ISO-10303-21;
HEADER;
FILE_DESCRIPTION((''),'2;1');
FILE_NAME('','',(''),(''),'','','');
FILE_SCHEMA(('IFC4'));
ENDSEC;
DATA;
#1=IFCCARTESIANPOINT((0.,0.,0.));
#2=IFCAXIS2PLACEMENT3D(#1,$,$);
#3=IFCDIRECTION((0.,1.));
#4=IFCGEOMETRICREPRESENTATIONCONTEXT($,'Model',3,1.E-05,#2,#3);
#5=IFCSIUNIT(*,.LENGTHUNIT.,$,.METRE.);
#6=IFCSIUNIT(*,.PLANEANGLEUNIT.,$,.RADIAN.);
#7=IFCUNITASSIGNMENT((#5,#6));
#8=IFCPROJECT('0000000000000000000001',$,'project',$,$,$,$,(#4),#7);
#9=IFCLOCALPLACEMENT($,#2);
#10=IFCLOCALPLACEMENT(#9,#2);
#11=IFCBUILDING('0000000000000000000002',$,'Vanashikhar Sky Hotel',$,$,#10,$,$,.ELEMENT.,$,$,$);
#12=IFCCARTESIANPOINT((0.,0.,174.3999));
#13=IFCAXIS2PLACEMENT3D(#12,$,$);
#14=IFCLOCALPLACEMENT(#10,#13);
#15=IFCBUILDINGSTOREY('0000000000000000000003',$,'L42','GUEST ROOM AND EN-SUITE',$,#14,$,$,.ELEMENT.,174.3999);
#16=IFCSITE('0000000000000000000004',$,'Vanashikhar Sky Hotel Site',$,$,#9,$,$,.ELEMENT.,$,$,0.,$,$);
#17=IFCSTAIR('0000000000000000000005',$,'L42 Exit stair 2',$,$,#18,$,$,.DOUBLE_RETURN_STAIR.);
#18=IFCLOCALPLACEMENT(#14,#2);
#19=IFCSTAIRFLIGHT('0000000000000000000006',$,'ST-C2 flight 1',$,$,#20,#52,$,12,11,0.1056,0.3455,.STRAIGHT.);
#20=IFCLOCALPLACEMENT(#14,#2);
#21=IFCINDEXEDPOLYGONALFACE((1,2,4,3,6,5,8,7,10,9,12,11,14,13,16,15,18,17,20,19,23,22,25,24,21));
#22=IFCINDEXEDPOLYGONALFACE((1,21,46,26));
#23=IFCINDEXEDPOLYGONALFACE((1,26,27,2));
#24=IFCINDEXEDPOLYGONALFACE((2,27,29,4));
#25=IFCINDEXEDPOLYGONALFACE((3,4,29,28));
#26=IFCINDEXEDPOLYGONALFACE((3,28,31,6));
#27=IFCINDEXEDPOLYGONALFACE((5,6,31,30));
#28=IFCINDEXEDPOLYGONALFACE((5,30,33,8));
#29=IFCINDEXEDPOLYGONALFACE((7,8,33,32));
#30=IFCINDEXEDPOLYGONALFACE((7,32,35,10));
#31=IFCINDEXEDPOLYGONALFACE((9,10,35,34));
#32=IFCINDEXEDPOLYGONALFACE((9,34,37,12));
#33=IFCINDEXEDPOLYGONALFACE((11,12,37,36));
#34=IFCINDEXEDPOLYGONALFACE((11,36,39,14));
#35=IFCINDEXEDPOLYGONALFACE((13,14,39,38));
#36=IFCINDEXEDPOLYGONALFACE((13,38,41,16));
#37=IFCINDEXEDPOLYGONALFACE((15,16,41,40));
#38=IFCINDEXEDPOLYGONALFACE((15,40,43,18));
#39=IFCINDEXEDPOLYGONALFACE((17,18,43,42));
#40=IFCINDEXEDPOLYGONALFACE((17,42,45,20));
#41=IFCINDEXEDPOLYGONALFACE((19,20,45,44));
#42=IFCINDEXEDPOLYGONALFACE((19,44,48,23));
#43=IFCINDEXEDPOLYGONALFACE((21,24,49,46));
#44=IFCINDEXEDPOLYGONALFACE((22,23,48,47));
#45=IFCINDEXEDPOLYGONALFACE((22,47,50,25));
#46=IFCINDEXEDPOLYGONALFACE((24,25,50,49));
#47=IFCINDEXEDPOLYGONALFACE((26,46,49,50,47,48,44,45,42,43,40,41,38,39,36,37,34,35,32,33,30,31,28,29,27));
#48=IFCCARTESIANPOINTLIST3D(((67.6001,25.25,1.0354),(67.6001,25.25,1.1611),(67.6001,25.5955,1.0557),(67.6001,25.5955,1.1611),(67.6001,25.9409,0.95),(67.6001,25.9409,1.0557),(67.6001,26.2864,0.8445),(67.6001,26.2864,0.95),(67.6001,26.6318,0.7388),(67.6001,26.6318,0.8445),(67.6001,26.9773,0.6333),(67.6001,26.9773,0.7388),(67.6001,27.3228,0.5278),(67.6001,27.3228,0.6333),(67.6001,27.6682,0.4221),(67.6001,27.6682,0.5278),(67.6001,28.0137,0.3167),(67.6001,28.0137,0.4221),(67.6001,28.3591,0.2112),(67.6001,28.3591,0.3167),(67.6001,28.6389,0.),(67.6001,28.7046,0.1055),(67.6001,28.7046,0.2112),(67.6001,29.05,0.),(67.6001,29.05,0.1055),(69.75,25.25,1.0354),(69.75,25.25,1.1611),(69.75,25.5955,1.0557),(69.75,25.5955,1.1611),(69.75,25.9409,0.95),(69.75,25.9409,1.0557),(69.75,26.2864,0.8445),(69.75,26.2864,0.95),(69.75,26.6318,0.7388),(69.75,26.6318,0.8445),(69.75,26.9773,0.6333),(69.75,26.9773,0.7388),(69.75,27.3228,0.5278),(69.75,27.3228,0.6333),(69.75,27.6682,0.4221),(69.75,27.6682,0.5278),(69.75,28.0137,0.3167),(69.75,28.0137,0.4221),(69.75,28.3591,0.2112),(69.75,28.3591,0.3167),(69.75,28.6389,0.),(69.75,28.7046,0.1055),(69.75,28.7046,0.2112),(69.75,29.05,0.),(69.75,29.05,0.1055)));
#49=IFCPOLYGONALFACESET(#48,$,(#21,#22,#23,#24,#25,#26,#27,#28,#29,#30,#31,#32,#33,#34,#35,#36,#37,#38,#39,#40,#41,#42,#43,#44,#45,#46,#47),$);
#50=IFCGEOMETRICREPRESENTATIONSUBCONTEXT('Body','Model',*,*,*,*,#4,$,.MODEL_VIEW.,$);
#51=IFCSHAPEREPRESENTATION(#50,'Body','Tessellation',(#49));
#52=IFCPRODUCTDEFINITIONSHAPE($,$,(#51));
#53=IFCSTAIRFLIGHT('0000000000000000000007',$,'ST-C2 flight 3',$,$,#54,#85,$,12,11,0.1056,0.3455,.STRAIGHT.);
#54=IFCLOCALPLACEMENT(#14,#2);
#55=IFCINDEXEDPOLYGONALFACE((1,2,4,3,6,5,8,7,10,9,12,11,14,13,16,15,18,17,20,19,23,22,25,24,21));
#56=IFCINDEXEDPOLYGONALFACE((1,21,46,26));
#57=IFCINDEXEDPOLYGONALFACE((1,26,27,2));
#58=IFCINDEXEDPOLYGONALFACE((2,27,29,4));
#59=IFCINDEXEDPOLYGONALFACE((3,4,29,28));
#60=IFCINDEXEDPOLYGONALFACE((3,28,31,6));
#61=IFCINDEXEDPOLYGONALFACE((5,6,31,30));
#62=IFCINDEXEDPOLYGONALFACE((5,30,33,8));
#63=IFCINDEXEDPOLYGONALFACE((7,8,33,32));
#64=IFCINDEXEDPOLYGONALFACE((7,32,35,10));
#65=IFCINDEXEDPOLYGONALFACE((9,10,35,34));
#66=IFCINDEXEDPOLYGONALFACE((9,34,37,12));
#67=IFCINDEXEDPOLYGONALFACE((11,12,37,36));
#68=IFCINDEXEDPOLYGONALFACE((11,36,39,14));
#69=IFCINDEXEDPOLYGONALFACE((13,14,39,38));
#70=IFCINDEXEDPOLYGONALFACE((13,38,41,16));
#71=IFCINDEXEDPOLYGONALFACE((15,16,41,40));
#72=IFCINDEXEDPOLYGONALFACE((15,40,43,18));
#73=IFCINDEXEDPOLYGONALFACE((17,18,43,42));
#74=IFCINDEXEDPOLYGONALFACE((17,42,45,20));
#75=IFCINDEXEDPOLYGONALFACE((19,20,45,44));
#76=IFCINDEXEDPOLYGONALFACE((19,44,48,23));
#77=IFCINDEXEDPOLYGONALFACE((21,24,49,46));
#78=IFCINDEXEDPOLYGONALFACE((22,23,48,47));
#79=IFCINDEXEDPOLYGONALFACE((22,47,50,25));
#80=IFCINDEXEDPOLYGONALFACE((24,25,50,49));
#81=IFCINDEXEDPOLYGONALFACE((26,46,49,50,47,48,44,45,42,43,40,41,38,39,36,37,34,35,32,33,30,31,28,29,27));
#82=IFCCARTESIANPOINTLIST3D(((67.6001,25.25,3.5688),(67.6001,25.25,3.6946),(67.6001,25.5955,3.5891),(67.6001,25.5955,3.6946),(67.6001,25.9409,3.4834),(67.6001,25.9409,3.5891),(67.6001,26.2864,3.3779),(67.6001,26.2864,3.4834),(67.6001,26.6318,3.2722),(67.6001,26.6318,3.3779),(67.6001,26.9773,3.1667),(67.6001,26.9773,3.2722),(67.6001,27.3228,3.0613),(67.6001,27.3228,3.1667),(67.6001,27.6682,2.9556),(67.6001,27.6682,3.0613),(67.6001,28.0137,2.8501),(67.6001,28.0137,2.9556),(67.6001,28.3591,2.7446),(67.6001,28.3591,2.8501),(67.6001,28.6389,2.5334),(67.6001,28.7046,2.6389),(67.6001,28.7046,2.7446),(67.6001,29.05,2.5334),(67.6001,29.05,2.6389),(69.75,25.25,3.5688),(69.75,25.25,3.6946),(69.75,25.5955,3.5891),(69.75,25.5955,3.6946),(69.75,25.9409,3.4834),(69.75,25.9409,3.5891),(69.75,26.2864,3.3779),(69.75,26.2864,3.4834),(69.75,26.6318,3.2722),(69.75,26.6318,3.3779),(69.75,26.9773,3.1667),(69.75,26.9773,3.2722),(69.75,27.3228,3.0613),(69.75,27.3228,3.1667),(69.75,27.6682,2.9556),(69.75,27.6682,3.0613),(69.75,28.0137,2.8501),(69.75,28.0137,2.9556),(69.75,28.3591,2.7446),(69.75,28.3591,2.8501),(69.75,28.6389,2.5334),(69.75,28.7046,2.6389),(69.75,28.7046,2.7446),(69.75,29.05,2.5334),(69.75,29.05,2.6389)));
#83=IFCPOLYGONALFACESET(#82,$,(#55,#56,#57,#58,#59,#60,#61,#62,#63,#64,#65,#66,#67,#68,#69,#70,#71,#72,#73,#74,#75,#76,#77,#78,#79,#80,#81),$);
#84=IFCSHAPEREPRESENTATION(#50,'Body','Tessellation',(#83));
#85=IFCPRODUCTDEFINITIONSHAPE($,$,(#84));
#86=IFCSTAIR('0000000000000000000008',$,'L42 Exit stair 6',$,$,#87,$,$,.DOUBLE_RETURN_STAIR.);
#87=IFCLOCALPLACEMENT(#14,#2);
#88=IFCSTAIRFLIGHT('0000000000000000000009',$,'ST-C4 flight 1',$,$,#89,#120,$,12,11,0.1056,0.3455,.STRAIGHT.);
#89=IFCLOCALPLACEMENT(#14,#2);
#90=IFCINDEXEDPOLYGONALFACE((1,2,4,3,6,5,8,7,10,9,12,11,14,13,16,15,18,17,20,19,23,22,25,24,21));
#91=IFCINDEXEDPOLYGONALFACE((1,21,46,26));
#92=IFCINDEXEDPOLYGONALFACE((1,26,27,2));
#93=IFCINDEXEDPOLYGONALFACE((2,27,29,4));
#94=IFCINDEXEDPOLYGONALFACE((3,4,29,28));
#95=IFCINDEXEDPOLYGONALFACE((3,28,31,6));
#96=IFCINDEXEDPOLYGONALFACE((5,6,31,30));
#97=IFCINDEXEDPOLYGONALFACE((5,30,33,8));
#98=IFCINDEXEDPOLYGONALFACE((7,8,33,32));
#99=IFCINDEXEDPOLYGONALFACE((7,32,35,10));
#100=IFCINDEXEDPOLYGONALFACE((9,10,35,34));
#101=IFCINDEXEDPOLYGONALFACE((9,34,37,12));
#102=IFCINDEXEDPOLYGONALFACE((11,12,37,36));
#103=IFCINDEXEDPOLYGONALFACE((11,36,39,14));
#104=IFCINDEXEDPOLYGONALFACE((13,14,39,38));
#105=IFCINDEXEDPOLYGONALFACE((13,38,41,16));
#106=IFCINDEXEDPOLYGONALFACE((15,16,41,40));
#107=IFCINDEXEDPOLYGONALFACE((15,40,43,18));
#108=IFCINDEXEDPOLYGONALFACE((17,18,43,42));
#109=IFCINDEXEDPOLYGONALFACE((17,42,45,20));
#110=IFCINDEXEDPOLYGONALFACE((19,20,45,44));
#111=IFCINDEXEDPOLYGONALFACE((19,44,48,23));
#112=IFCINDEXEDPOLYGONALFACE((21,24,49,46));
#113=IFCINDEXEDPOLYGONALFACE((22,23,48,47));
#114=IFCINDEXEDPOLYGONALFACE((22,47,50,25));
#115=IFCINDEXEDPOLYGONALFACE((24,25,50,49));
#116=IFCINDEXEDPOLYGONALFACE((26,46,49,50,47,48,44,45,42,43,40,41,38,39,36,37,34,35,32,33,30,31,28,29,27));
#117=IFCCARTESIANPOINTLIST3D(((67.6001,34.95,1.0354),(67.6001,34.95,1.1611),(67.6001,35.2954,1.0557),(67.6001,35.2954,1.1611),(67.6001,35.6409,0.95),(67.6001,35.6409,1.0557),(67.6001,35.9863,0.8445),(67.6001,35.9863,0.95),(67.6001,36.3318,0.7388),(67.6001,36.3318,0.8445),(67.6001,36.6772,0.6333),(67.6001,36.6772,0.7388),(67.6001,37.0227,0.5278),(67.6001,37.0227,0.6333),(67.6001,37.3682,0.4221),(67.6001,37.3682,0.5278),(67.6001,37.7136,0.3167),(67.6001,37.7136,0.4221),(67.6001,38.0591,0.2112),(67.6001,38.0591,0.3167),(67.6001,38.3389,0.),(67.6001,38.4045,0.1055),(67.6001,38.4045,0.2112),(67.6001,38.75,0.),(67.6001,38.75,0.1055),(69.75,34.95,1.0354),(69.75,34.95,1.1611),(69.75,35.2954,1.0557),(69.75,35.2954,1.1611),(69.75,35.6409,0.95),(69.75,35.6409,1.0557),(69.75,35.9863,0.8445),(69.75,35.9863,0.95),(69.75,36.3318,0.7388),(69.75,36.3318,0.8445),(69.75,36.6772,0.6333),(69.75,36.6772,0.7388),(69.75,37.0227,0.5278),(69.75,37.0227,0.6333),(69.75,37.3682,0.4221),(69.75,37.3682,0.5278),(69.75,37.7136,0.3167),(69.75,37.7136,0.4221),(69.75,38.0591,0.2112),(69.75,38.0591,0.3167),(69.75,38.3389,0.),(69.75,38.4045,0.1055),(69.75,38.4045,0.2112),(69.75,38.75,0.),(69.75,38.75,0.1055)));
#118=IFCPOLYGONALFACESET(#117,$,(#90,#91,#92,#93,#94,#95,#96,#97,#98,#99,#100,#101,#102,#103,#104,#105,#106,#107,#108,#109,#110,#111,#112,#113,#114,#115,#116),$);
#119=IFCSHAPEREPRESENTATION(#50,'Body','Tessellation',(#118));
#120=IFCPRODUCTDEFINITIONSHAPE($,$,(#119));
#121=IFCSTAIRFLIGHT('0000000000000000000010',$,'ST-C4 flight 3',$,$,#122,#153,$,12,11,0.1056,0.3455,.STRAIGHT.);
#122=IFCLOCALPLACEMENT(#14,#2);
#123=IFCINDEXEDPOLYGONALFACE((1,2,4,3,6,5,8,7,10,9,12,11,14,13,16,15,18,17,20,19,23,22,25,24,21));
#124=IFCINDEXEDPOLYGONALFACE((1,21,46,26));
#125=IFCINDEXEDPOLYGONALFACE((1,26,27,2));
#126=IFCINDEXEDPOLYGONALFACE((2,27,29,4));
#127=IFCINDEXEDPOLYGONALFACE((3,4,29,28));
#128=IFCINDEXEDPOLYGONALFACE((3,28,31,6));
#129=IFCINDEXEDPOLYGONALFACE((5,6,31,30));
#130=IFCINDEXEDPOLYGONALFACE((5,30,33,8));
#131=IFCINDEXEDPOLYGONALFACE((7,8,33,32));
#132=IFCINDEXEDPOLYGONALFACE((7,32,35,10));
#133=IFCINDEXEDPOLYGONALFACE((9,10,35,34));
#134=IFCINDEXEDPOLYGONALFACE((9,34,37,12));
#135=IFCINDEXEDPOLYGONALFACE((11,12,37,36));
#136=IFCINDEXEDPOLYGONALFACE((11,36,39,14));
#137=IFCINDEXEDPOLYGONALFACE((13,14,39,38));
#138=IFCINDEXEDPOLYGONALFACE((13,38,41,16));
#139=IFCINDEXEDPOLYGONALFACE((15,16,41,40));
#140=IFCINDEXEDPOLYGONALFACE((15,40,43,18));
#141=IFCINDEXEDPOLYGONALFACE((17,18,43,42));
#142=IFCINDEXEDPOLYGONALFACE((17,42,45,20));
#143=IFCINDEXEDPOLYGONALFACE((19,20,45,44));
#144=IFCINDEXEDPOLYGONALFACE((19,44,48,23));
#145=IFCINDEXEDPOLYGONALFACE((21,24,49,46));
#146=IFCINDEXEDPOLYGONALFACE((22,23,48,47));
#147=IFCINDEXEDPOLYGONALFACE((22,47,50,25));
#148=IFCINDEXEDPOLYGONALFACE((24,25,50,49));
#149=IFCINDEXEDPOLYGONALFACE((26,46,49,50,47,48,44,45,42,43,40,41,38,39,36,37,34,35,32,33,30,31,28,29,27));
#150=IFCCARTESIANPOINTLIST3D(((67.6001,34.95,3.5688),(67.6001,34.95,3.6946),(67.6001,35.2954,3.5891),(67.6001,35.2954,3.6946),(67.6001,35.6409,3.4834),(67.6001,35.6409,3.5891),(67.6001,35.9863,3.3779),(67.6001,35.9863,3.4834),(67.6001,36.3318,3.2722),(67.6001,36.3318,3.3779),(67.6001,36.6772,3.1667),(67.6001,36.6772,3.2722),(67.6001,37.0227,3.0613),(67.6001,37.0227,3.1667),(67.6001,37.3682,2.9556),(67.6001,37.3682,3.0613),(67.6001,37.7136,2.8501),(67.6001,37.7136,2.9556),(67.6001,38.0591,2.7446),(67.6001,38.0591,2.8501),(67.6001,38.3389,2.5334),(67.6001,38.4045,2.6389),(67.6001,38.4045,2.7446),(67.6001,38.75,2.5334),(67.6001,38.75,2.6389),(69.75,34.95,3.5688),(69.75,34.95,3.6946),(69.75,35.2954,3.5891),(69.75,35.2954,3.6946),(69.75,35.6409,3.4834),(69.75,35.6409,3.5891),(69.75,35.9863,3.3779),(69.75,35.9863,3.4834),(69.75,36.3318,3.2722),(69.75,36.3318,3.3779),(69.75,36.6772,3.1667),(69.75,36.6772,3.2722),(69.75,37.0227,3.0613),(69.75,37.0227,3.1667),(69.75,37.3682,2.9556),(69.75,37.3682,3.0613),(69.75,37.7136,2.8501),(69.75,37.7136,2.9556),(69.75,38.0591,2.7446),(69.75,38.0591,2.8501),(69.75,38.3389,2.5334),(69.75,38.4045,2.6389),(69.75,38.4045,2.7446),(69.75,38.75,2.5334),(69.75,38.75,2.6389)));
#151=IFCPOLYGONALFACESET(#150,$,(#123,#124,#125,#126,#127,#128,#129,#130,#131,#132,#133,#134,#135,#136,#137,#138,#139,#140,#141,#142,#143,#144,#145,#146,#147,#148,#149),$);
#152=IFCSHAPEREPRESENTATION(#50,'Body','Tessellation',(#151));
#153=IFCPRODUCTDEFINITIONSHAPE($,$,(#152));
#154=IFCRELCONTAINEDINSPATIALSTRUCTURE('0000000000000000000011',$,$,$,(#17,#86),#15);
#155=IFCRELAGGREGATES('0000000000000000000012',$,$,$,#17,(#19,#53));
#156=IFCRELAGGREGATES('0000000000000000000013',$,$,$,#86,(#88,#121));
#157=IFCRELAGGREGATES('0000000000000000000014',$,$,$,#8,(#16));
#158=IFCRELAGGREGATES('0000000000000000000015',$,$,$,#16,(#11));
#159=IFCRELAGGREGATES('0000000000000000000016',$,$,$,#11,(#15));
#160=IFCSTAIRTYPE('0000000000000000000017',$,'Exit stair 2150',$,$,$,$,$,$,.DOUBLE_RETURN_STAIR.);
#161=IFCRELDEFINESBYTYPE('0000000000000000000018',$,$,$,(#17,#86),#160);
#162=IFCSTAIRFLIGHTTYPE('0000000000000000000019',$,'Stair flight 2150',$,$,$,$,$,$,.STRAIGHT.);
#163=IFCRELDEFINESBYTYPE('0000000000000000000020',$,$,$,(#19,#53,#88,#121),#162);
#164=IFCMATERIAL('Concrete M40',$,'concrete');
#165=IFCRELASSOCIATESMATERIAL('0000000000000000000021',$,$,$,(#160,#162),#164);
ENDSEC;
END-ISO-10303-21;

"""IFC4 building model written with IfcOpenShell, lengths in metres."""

from ifc_helpers import new_model, si_unit, direction, frame, origin, place, context, subcontext, project, spatial, polyline, outline, extrude, source, transform, mapped, material, type_object, element, aggregate, save


model = new_model("IFC4")

# Units and contexts
model_context = context("Model", 3, precision=1e-05, world=origin(), true_north=direction((0.0, 1.0)))
body_context = subcontext(model_context, "Body", "Model", "MODEL_VIEW")
ifc_project = project(units=[si_unit("LENGTHUNIT", "METRE"), si_unit("PLANEANGLEUNIT", "RADIAN")], contexts=[model_context])

# Site, building, storey
site_placement = place(None, origin())
site = spatial("IfcSite", under=ifc_project, at=site_placement, Name="Vanashikhar Sky Hotel Site", CompositionType="ELEMENT", RefElevation=0.0)
building_placement = place(site_placement, origin())
building = spatial("IfcBuilding", under=site, at=building_placement, Name="Vanashikhar Sky Hotel", CompositionType="ELEMENT")
storey_placement = place(building_placement, frame((0.0, 0.0, 174.3999)))
storey = spatial("IfcBuildingStorey", under=building, at=storey_placement, Name="L42", Description="GUEST ROOM AND EN-SUITE", CompositionType="ELEMENT", Elevation=174.3999)

# Stairs, stair flights
ifc_material_1 = material(Name="Concrete M40", Category="concrete")
stair_type = type_object("IfcStairType", Name="Exit stair 2150", PredefinedType="DOUBLE_RETURN_STAIR", material=ifc_material_1)
stair_1_placement = place(storey_placement, origin())
stair_1 = element("IfcStair", 1, at=stair_1_placement, inside=storey, type_object=stair_type, Name="L42 Exit stair 2", PredefinedType="DOUBLE_RETURN_STAIR")
stair_flight_type = type_object("IfcStairFlightType", Name="Stair flight 2150", PredefinedType="STRAIGHT", material=ifc_material_1)
shared_shape_1 = source(origin(), body_context, "Body", "SweptSolid", [
    extrude(outline(polyline([(0.0, 0.0), (0.0, 0.1055), (0.3455, 0.1055), (0.3455, 0.2112), (0.6909, 0.2112), (0.6909, 0.3167), (1.0364, 0.3167), (1.0364, 0.4221), (1.3818, 0.4221), (1.3818, 0.5278), (1.7273, 0.5278), (1.7273, 0.6333), (2.0728, 0.6333), (2.0728, 0.7388), (2.4182, 0.7388), (2.4182, 0.8445), (2.7637, 0.8445), (2.7637, 0.95), (3.1091, 0.95), (3.1091, 1.0557), (3.4546, 1.0557), (3.4546, 1.1611), (3.8, 1.1611), (3.8, 1.2666), (3.8, 1.0354), (0.4111, 0.0), (0.0, 0.0)])), frame((0.0, 1.075, 0.0), z_axis=(0.0, -1.0, 0.0), x_axis=(1.0, 0.0, 0.0)), (0.0, 0.0, 1.0), 2.1499),
])
stair_flight_1_placement = place(storey_placement, frame((68.675, 29.05, 0.0), z_axis=(0.0, 0.0, 1.0), x_axis=(0.0, -1.0, 0.0)))
stair_flight_1 = element("IfcStairFlight", 2, at=stair_flight_1_placement, type_object=stair_flight_type, Name="ST-C2 flight 1", NumberOfRisers=12, NumberOfTreads=11, PredefinedType="STRAIGHT", RiserHeight=0.1056, TreadLength=0.3455, context=body_context, shape_type="MappedRepresentation", body=[
    mapped(shared_shape_1, transform((0.0, 0.0, 0.0), scale=1.0)),
])
stair_flight_2_placement = place(storey_placement, frame((68.675, 29.05, 2.5334), z_axis=(0.0, 0.0, 1.0), x_axis=(0.0, -1.0, 0.0)))
stair_flight_2 = element("IfcStairFlight", 3, at=stair_flight_2_placement, type_object=stair_flight_type, Name="ST-C2 flight 3", NumberOfRisers=12, NumberOfTreads=11, PredefinedType="STRAIGHT", RiserHeight=0.1056, TreadLength=0.3455, context=body_context, shape_type="MappedRepresentation", body=[
    mapped(shared_shape_1, transform((0.0, 0.0, 0.0), scale=1.0)),
])
aggregate(stair_1, [stair_flight_1, stair_flight_2])
stair_2_placement = place(storey_placement, origin())
stair_2 = element("IfcStair", 4, at=stair_2_placement, inside=storey, type_object=stair_type, Name="L42 Exit stair 6", PredefinedType="DOUBLE_RETURN_STAIR")
stair_flight_3_placement = place(storey_placement, frame((68.675, 38.75, 0.0), z_axis=(0.0, 0.0, 1.0), x_axis=(0.0, -1.0, 0.0)))
stair_flight_3 = element("IfcStairFlight", 5, at=stair_flight_3_placement, type_object=stair_flight_type, Name="ST-C4 flight 1", NumberOfRisers=12, NumberOfTreads=11, PredefinedType="STRAIGHT", RiserHeight=0.1056, TreadLength=0.3455, context=body_context, shape_type="MappedRepresentation", body=[
    mapped(shared_shape_1, transform((0.0, 0.0, 0.0), scale=1.0)),
])
stair_flight_4_placement = place(storey_placement, frame((68.675, 38.75, 2.5334), z_axis=(0.0, 0.0, 1.0), x_axis=(0.0, -1.0, 0.0)))
stair_flight_4 = element("IfcStairFlight", 6, at=stair_flight_4_placement, type_object=stair_flight_type, Name="ST-C4 flight 3", NumberOfRisers=12, NumberOfTreads=11, PredefinedType="STRAIGHT", RiserHeight=0.1056, TreadLength=0.3455, context=body_context, shape_type="MappedRepresentation", body=[
    mapped(shared_shape_1, transform((0.0, 0.0, 0.0), scale=1.0)),
])
aggregate(stair_2, [stair_flight_3, stair_flight_4])

save(model, "model.ifc")
